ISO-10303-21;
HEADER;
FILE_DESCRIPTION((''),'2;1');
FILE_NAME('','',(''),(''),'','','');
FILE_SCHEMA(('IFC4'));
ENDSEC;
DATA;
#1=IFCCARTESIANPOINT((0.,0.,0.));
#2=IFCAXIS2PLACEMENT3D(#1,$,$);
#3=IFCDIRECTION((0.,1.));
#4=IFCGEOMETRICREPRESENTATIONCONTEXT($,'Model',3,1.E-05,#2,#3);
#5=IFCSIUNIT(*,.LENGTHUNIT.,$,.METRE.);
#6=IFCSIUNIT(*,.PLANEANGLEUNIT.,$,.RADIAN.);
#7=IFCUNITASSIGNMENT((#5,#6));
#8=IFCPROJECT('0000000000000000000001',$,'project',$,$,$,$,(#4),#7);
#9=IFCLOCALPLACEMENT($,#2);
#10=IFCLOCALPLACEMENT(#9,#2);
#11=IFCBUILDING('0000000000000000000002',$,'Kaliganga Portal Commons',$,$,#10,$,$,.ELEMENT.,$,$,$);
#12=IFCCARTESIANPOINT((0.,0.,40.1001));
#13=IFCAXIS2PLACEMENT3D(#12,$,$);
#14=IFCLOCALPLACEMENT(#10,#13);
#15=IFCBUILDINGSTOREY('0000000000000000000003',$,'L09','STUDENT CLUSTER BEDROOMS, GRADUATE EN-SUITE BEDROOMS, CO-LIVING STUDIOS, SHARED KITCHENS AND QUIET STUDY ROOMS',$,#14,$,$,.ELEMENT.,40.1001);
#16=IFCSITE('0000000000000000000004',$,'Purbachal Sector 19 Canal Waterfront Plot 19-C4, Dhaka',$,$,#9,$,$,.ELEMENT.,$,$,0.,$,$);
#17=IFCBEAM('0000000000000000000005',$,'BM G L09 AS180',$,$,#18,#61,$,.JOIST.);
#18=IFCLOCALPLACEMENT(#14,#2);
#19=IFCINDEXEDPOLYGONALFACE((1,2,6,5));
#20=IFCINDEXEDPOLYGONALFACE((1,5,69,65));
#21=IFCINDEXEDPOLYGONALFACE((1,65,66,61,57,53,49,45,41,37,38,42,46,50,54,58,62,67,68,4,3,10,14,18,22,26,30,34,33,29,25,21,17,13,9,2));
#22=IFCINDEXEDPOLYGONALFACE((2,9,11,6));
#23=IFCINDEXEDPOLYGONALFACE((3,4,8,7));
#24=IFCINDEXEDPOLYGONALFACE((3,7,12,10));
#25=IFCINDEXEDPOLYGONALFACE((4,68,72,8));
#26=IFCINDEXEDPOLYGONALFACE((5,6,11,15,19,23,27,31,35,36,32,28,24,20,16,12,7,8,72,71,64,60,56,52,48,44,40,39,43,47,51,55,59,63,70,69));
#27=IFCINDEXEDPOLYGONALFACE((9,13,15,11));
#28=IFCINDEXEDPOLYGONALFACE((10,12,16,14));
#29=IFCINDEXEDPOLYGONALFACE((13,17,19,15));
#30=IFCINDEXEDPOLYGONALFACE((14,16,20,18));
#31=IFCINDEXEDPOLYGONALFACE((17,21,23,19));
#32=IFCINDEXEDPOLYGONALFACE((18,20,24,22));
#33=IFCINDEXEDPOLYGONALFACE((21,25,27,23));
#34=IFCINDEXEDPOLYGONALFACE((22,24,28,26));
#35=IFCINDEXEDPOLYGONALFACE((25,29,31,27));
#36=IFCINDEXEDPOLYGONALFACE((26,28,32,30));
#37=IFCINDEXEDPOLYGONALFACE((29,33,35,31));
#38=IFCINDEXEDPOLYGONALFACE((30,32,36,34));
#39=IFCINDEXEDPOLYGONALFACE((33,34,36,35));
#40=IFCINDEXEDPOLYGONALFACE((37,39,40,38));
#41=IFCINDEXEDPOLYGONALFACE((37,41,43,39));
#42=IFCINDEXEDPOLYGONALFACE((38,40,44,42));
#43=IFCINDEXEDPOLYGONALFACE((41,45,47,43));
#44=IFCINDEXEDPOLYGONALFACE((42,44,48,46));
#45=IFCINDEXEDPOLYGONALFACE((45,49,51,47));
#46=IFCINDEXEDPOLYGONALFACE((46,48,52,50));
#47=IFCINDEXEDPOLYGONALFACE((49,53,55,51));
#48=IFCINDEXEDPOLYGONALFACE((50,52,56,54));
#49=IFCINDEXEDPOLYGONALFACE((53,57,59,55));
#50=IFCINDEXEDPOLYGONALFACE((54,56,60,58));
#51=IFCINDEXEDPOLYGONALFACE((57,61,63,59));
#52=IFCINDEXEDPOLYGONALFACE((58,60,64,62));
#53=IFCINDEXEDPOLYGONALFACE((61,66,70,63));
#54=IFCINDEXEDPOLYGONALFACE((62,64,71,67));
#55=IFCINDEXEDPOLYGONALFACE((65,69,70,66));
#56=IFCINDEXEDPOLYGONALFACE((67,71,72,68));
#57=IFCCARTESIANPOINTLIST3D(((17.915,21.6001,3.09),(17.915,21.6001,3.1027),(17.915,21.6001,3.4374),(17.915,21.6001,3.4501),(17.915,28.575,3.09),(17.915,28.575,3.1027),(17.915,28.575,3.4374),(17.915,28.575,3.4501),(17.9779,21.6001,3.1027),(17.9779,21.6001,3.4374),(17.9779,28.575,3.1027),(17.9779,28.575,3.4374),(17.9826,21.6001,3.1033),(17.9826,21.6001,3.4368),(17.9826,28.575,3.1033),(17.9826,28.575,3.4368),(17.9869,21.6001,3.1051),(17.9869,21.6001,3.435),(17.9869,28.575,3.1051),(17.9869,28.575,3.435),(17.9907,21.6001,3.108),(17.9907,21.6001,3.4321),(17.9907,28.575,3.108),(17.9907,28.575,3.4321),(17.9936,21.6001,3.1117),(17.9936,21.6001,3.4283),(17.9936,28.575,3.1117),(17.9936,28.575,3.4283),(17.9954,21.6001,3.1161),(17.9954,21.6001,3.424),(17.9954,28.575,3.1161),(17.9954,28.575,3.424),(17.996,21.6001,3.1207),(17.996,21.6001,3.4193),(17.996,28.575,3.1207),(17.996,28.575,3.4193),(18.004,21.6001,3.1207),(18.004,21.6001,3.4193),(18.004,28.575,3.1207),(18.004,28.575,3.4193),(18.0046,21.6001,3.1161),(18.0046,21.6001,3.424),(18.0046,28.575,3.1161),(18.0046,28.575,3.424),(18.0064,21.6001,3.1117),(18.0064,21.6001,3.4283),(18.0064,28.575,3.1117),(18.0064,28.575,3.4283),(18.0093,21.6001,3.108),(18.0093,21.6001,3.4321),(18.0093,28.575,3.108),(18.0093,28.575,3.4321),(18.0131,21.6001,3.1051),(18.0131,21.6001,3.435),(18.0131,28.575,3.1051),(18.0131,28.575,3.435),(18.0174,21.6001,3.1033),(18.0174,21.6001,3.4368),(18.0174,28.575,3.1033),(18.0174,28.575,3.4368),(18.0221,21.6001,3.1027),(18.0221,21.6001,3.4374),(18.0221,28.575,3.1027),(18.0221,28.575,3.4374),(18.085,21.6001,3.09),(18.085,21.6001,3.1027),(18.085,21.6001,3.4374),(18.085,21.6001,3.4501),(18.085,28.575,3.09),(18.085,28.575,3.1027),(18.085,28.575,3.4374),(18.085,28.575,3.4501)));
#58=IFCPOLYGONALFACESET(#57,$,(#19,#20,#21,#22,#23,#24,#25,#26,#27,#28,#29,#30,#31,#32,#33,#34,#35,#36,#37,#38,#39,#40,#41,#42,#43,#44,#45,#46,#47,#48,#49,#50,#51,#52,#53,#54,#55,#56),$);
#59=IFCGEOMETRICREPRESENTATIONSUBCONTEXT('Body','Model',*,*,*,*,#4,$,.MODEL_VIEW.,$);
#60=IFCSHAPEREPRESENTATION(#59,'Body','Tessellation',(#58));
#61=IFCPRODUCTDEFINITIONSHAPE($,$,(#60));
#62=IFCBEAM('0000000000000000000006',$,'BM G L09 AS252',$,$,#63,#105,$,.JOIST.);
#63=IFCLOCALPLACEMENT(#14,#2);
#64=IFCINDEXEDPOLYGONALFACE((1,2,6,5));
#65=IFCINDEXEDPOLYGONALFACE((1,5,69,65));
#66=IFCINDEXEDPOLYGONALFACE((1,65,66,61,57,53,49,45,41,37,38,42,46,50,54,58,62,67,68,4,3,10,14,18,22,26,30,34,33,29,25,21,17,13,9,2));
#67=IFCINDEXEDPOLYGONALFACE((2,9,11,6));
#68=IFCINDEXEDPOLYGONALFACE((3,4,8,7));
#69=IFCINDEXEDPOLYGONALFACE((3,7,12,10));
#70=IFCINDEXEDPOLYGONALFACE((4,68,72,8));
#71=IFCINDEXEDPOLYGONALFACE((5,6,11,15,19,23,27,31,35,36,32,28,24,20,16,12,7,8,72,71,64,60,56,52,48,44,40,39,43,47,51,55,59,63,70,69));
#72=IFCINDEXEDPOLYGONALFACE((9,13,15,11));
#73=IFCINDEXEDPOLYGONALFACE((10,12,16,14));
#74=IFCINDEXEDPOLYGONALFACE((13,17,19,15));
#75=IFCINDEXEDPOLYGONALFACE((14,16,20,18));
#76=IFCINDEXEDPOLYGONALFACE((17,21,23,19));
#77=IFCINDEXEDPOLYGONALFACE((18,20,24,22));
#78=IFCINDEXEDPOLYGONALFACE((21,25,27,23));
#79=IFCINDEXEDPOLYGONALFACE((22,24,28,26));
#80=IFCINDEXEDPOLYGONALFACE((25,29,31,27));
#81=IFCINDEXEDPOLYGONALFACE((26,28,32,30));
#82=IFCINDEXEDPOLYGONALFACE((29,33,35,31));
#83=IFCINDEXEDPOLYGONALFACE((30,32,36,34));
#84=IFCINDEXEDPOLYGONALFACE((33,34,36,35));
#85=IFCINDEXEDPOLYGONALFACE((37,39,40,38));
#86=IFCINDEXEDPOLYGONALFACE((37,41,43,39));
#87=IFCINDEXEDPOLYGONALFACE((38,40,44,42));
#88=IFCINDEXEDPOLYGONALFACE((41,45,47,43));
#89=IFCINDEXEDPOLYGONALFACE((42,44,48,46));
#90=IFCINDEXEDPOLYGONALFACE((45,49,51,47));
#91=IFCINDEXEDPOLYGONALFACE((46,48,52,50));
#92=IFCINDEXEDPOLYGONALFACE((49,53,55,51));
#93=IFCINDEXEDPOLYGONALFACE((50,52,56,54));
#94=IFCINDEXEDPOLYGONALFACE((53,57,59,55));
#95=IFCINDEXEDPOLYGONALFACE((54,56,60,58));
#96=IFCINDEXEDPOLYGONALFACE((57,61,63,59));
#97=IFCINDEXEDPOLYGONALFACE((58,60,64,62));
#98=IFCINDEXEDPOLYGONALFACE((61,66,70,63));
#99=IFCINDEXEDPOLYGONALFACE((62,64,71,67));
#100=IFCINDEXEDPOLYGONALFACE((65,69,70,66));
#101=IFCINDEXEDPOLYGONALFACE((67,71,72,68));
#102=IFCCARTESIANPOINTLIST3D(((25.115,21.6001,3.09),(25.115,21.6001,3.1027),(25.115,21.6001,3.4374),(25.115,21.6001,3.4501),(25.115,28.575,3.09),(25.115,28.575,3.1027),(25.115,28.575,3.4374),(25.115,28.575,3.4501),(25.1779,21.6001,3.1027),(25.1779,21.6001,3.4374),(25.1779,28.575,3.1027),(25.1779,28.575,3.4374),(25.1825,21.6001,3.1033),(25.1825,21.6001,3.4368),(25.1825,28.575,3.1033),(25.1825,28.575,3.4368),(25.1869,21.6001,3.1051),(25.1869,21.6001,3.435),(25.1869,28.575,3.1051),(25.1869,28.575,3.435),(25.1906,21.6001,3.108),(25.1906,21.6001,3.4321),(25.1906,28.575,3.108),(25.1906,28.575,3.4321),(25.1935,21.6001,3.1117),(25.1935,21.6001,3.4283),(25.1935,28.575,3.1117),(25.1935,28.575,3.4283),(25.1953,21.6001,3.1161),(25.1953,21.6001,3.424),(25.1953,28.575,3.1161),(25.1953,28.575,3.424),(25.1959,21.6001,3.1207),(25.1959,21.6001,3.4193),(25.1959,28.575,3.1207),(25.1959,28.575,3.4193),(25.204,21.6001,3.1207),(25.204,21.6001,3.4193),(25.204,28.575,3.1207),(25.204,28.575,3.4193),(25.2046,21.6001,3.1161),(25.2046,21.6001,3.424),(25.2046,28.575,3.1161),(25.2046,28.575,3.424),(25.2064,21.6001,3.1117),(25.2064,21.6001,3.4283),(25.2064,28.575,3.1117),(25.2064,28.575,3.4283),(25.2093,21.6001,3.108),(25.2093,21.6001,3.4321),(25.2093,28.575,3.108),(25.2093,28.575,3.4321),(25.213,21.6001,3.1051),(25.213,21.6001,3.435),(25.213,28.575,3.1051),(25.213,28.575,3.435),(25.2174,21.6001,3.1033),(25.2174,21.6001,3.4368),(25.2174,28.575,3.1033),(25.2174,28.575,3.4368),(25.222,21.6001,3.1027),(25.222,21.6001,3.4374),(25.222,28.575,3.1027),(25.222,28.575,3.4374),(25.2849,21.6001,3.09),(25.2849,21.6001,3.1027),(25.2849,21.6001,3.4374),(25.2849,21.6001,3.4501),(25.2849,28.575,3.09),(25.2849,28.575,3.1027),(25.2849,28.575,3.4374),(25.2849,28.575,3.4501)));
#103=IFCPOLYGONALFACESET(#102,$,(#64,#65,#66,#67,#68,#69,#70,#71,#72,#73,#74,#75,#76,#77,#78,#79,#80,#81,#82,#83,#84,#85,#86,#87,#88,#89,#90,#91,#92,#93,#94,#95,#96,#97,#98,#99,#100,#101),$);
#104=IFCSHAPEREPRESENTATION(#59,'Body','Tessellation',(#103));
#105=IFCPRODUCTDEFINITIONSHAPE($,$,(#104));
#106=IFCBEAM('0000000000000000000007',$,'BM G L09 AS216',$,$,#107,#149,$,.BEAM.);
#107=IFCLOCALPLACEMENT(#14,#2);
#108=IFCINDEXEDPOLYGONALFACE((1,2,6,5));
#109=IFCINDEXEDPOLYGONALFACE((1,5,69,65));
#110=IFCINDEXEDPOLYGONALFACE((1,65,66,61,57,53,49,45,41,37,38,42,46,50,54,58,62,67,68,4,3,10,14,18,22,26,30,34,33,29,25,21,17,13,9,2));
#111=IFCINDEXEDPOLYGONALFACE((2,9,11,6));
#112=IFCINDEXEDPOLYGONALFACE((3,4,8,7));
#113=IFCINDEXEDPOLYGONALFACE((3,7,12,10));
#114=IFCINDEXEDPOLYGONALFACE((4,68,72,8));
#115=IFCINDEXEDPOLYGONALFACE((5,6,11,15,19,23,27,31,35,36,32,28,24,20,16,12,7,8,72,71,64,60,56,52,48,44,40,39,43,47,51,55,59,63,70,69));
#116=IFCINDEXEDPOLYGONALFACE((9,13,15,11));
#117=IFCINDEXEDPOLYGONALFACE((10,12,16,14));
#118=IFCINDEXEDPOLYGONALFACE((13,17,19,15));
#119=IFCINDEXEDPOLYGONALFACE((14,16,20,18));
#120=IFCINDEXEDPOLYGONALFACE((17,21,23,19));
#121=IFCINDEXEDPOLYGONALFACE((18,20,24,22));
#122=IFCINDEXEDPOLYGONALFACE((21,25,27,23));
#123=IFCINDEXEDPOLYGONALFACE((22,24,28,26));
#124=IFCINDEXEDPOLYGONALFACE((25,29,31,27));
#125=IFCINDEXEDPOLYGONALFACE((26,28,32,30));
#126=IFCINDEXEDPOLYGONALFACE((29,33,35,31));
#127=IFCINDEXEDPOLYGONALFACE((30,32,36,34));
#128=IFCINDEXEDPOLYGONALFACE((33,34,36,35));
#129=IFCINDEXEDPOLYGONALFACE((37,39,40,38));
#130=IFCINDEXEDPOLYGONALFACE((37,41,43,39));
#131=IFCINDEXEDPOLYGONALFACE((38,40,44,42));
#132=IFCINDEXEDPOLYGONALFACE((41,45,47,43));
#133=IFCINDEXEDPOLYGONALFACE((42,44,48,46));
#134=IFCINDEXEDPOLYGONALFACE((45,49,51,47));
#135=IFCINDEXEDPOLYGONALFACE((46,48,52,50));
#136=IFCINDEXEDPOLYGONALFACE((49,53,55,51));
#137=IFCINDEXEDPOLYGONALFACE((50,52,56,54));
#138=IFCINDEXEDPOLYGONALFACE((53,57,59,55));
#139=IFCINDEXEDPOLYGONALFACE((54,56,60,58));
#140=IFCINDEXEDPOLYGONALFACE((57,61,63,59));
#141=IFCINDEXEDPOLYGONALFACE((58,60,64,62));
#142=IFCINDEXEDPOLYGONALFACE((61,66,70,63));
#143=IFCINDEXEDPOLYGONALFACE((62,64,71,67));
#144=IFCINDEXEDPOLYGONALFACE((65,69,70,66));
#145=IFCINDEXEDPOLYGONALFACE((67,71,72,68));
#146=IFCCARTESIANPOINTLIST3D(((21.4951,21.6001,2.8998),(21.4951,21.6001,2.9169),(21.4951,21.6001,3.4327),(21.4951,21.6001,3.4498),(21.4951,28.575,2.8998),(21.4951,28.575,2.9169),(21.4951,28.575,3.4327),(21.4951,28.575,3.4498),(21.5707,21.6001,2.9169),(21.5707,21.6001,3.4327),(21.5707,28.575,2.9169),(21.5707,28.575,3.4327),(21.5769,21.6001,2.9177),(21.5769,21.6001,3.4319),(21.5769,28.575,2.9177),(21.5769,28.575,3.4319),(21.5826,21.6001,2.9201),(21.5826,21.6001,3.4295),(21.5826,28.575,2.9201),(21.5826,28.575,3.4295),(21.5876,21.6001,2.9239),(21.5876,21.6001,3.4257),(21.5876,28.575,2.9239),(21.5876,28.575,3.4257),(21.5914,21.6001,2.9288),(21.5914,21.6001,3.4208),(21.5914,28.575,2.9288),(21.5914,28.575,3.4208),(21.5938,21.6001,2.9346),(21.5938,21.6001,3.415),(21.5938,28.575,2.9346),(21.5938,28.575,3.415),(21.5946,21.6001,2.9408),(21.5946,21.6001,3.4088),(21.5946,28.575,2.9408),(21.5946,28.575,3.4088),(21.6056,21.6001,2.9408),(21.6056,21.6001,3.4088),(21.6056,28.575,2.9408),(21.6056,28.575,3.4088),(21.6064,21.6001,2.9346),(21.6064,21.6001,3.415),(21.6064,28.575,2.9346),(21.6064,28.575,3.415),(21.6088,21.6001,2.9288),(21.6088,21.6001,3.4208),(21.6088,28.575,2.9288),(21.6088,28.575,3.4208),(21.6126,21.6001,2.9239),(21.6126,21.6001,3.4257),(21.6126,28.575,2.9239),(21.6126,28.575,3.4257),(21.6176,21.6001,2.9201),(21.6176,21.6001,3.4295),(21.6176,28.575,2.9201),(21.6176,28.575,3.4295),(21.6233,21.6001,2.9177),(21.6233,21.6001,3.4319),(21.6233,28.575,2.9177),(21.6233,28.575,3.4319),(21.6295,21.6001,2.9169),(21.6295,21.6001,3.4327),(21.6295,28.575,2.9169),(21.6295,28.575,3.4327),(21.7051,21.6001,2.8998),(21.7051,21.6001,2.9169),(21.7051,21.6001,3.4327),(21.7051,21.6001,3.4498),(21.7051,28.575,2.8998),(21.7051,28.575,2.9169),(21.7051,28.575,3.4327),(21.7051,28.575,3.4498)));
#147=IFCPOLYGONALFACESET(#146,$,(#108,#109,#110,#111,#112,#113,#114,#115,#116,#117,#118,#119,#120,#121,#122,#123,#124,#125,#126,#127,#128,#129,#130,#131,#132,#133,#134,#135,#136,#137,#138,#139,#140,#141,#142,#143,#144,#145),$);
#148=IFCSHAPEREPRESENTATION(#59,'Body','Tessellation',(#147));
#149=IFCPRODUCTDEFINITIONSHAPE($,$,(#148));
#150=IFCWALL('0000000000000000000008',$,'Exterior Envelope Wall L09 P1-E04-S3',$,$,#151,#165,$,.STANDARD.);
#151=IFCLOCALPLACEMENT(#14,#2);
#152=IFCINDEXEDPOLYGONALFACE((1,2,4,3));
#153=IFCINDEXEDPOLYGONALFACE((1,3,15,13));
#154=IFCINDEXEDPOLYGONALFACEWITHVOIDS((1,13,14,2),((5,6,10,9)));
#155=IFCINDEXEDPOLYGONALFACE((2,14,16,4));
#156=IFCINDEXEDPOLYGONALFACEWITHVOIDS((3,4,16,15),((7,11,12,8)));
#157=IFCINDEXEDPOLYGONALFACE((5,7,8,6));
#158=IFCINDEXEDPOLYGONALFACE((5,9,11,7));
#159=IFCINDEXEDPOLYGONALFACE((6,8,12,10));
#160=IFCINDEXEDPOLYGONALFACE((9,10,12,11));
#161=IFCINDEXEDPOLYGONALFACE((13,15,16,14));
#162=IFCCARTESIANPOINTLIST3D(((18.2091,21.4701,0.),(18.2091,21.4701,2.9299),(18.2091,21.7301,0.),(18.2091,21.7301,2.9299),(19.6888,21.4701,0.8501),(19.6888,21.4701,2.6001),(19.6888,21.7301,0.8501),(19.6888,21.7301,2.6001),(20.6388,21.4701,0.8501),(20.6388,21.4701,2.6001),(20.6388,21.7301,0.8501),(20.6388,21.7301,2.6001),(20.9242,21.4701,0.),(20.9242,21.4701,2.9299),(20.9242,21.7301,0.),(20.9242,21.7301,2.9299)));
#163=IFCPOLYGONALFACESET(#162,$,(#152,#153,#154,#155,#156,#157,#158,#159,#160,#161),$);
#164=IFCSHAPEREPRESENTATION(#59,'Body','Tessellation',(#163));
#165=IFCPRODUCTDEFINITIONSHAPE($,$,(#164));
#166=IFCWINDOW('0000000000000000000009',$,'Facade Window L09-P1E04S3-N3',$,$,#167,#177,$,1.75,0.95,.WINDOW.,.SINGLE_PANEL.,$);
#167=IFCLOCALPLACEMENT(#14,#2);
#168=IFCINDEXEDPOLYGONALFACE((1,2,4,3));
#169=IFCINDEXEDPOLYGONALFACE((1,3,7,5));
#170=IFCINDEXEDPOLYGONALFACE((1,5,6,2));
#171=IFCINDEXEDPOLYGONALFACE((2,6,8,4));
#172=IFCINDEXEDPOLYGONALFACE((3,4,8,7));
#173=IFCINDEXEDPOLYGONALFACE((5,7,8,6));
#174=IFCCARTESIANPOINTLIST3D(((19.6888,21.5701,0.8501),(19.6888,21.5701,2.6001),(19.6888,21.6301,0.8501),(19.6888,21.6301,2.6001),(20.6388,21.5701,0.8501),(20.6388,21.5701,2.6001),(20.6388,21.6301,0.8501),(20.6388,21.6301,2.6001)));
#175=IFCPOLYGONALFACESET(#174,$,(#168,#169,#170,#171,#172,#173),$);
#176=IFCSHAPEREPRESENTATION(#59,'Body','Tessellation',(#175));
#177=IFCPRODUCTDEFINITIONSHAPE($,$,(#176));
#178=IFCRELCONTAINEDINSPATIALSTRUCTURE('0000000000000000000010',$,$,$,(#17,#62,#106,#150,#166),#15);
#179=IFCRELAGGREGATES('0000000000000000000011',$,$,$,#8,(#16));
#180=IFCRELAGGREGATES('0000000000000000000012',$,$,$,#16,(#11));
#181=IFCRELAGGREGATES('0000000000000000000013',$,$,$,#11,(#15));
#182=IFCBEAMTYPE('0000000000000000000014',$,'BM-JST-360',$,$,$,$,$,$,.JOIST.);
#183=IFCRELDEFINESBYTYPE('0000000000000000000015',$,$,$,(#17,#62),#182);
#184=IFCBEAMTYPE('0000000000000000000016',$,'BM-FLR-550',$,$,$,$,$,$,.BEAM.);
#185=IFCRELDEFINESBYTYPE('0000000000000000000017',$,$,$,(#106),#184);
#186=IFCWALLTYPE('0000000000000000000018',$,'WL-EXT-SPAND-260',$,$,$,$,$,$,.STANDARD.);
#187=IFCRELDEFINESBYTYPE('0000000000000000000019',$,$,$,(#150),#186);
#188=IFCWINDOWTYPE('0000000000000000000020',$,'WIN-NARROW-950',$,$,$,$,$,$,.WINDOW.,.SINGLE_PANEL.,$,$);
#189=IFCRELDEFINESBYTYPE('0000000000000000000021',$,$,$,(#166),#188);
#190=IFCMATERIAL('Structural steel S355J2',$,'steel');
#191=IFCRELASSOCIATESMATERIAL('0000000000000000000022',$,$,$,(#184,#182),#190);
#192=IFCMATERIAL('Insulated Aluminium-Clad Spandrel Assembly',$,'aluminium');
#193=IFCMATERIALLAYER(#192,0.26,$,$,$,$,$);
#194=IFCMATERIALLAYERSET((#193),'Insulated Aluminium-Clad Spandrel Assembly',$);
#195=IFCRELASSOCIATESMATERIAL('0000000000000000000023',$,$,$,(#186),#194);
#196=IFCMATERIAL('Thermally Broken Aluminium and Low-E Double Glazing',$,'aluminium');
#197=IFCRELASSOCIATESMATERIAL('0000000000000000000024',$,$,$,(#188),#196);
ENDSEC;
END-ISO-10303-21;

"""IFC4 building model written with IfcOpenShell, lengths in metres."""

from ifc_helpers import new_model, si_unit, direction, frame, frame_2d, origin, origin_2d, place, context, subcontext, project, spatial, rectangle, i_section, extrude, source, transform, mapped, material, layer, layer_set, material_profile, profile_set, type_object, element, fill, save


model = new_model("IFC4")

# Units and contexts
model_context = context("Model", 3, precision=1e-05, world=origin(), true_north=direction((0.0, 1.0)))
body_context = subcontext(model_context, "Body", "Model", "MODEL_VIEW")
ifc_project = project(units=[si_unit("LENGTHUNIT", "METRE"), si_unit("PLANEANGLEUNIT", "RADIAN")], contexts=[model_context])

# Site, building, storey
site_placement = place(None, origin())
site = spatial("IfcSite", under=ifc_project, at=site_placement, Name="Purbachal Sector 19 Canal Waterfront Plot 19-C4, Dhaka", CompositionType="ELEMENT", RefElevation=0.0)
building_placement = place(site_placement, origin())
building = spatial("IfcBuilding", under=site, at=building_placement, Name="Kaliganga Portal Commons", CompositionType="ELEMENT")
storey_placement = place(building_placement, frame((0.0, 0.0, 40.1001)))
storey = spatial("IfcBuildingStorey", under=building, at=storey_placement, Name="L09", Description="STUDENT CLUSTER BEDROOMS, GRADUATE EN-SUITE BEDROOMS, CO-LIVING STUDIOS, SHARED KITCHENS AND QUIET STUDY ROOMS", CompositionType="ELEMENT", Elevation=40.1001)

# Beams
ifc_material_1 = material(Name="Structural steel S355J2", Category="steel")
ifc_material_profile_1 = material_profile(ifc_material_1, i_section(OverallWidth=0.21, OverallDepth=0.55, WebThickness=0.011, FlangeThickness=0.0171, FilletRadius=0.0239, at=origin_2d()), Name="IPE 550")
ifc_profile_set_1 = profile_set([ifc_material_profile_1], Name="Structural steel S355J2 wide-flange")
beam_type_1 = type_object("IfcBeamType", Name="BM-FLR-550", PredefinedType="BEAM", material=ifc_profile_set_1)
ifc_material_profile_2 = material_profile(ifc_material_1, i_section(OverallWidth=0.1699, OverallDepth=0.3601, WebThickness=0.0081, FlangeThickness=0.0127, FilletRadius=0.0181, at=origin_2d()), Name="IPE 360")
ifc_profile_set_2 = profile_set([ifc_material_profile_2], Name="Structural steel S355J2 wide-flange")
beam_type_2 = type_object("IfcBeamType", Name="BM-JST-360", PredefinedType="JOIST", material=ifc_profile_set_2)
shared_shape_1 = source(origin(), body_context, "Body", "SweptSolid", [
    extrude(i_section(OverallWidth=0.1699, OverallDepth=0.3601, WebThickness=0.0081, FlangeThickness=0.0127, FilletRadius=0.0181, at=origin_2d()), origin(), (0.0, 0.0, 1.0), 6.9749),
])
for number, where, z_axis, x_axis, name in (
    (1, (18.0, 21.6001, 3.27), (0.0, 1.0, 0.0), (-1.0, 0.0, 0.0), "BM G L09 AS180"),
    (2, (25.2, 21.6001, 3.27), (0.0, 1.0, 0.0), (-1.0, 0.0, 0.0), "BM G L09 AS252"),
):
    element("IfcBeam", number, at=place(storey_placement, frame(where, z_axis=z_axis, x_axis=x_axis)), inside=storey, type_object=beam_type_2, Name=name, PredefinedType="JOIST", context=body_context, shape_type="MappedRepresentation", body=[
        mapped(shared_shape_1, transform((0.0, 0.0, 0.0), x_axis=(1.0, 0.0, 0.0), y_axis=(0.0, 1.0, 0.0), z_axis=(0.0, 0.0, 1.0), scale=1.0)),
    ])
shared_shape_2 = source(origin(), body_context, "Body", "SweptSolid", [
    extrude(i_section(OverallWidth=0.21, OverallDepth=0.55, WebThickness=0.011, FlangeThickness=0.0171, FilletRadius=0.0239, at=origin_2d()), origin(), (0.0, 0.0, 1.0), 6.9749),
])
beam_1_placement = place(storey_placement, frame((21.6001, 21.6001, 3.1748), z_axis=(0.0, 1.0, 0.0), x_axis=(-1.0, 0.0, 0.0)))
element("IfcBeam", 3, at=beam_1_placement, inside=storey, type_object=beam_type_1, Name="BM G L09 AS216", PredefinedType="BEAM", context=body_context, shape_type="MappedRepresentation", body=[
    mapped(shared_shape_2, transform((0.0, 0.0, 0.0), x_axis=(1.0, 0.0, 0.0), y_axis=(0.0, 1.0, 0.0), z_axis=(0.0, 0.0, 1.0), scale=1.0)),
])

# Wall, opening, window
ifc_material_2 = material(Name="Insulated Aluminium-Clad Spandrel Assembly", Category="aluminium")
ifc_layer_1 = layer(ifc_material_2, 0.26)
ifc_layer_set_1 = layer_set([ifc_layer_1], Name="Insulated Aluminium-Clad Spandrel Assembly")
wall_type_1 = type_object("IfcWallType", Name="WL-EXT-SPAND-260", PredefinedType="STANDARD", material=ifc_layer_set_1)
wall_1_placement = place(storey_placement, frame((20.9241, 21.6001, 0.0), z_axis=(0.0, 0.0, 1.0), x_axis=(-1.0, 0.0, 0.0)))
wall_1 = element("IfcWall", 4, at=wall_1_placement, inside=storey, type_object=wall_type_1, Name="Exterior Envelope Wall L09 P1-E04-S3", PredefinedType="STANDARD", context=body_context, shape_type="SweptSolid", body=[
    extrude(rectangle(XDim=2.7151, YDim=0.26, at=frame_2d((1.3574, 0.0))), origin(), (0.0, 0.0, 1.0), 2.9299),
])
opening_1_placement = place(wall_1_placement, frame((0.2852, 0.0, 0.8501)))
opening_1 = element("IfcOpeningElement", 5, at=opening_1_placement, cuts=wall_1, PredefinedType="OPENING", context=body_context, shape_type="SweptSolid", body=[
    extrude(rectangle(XDim=0.95, YDim=1.75, at=frame_2d((0.4751, 0.875))), frame((0.0, 0.1401, 0.0), z_axis=(0.0, -1.0, 0.0), x_axis=(1.0, 0.0, 0.0)), (0.0, 0.0, 1.0), 0.28),
])
ifc_material_3 = material(Name="Thermally Broken Aluminium and Low-E Double Glazing", Category="aluminium")
window_type_1 = type_object("IfcWindowType", Name="WIN-NARROW-950", PartitioningType="SINGLE_PANEL", PredefinedType="WINDOW", material=ifc_material_3)
window_1_placement = place(opening_1_placement, origin())
window_1 = element("IfcWindow", 6, at=window_1_placement, inside=storey, type_object=window_type_1, Name="Facade Window L09-P1E04S3-N3", OverallHeight=1.75, OverallWidth=0.95, PartitioningType="SINGLE_PANEL", PredefinedType="WINDOW", context=body_context, shape_type="SweptSolid", body=[
    extrude(rectangle(XDim=0.95, YDim=1.75, at=frame_2d((0.4751, 0.875))), frame((0.0, 0.03, 0.0), z_axis=(0.0, -1.0, 0.0), x_axis=(1.0, 0.0, 0.0)), (0.0, 0.0, 1.0), 0.0601),
])
fill(opening_1, window_1)

save(model, "model.ifc")
